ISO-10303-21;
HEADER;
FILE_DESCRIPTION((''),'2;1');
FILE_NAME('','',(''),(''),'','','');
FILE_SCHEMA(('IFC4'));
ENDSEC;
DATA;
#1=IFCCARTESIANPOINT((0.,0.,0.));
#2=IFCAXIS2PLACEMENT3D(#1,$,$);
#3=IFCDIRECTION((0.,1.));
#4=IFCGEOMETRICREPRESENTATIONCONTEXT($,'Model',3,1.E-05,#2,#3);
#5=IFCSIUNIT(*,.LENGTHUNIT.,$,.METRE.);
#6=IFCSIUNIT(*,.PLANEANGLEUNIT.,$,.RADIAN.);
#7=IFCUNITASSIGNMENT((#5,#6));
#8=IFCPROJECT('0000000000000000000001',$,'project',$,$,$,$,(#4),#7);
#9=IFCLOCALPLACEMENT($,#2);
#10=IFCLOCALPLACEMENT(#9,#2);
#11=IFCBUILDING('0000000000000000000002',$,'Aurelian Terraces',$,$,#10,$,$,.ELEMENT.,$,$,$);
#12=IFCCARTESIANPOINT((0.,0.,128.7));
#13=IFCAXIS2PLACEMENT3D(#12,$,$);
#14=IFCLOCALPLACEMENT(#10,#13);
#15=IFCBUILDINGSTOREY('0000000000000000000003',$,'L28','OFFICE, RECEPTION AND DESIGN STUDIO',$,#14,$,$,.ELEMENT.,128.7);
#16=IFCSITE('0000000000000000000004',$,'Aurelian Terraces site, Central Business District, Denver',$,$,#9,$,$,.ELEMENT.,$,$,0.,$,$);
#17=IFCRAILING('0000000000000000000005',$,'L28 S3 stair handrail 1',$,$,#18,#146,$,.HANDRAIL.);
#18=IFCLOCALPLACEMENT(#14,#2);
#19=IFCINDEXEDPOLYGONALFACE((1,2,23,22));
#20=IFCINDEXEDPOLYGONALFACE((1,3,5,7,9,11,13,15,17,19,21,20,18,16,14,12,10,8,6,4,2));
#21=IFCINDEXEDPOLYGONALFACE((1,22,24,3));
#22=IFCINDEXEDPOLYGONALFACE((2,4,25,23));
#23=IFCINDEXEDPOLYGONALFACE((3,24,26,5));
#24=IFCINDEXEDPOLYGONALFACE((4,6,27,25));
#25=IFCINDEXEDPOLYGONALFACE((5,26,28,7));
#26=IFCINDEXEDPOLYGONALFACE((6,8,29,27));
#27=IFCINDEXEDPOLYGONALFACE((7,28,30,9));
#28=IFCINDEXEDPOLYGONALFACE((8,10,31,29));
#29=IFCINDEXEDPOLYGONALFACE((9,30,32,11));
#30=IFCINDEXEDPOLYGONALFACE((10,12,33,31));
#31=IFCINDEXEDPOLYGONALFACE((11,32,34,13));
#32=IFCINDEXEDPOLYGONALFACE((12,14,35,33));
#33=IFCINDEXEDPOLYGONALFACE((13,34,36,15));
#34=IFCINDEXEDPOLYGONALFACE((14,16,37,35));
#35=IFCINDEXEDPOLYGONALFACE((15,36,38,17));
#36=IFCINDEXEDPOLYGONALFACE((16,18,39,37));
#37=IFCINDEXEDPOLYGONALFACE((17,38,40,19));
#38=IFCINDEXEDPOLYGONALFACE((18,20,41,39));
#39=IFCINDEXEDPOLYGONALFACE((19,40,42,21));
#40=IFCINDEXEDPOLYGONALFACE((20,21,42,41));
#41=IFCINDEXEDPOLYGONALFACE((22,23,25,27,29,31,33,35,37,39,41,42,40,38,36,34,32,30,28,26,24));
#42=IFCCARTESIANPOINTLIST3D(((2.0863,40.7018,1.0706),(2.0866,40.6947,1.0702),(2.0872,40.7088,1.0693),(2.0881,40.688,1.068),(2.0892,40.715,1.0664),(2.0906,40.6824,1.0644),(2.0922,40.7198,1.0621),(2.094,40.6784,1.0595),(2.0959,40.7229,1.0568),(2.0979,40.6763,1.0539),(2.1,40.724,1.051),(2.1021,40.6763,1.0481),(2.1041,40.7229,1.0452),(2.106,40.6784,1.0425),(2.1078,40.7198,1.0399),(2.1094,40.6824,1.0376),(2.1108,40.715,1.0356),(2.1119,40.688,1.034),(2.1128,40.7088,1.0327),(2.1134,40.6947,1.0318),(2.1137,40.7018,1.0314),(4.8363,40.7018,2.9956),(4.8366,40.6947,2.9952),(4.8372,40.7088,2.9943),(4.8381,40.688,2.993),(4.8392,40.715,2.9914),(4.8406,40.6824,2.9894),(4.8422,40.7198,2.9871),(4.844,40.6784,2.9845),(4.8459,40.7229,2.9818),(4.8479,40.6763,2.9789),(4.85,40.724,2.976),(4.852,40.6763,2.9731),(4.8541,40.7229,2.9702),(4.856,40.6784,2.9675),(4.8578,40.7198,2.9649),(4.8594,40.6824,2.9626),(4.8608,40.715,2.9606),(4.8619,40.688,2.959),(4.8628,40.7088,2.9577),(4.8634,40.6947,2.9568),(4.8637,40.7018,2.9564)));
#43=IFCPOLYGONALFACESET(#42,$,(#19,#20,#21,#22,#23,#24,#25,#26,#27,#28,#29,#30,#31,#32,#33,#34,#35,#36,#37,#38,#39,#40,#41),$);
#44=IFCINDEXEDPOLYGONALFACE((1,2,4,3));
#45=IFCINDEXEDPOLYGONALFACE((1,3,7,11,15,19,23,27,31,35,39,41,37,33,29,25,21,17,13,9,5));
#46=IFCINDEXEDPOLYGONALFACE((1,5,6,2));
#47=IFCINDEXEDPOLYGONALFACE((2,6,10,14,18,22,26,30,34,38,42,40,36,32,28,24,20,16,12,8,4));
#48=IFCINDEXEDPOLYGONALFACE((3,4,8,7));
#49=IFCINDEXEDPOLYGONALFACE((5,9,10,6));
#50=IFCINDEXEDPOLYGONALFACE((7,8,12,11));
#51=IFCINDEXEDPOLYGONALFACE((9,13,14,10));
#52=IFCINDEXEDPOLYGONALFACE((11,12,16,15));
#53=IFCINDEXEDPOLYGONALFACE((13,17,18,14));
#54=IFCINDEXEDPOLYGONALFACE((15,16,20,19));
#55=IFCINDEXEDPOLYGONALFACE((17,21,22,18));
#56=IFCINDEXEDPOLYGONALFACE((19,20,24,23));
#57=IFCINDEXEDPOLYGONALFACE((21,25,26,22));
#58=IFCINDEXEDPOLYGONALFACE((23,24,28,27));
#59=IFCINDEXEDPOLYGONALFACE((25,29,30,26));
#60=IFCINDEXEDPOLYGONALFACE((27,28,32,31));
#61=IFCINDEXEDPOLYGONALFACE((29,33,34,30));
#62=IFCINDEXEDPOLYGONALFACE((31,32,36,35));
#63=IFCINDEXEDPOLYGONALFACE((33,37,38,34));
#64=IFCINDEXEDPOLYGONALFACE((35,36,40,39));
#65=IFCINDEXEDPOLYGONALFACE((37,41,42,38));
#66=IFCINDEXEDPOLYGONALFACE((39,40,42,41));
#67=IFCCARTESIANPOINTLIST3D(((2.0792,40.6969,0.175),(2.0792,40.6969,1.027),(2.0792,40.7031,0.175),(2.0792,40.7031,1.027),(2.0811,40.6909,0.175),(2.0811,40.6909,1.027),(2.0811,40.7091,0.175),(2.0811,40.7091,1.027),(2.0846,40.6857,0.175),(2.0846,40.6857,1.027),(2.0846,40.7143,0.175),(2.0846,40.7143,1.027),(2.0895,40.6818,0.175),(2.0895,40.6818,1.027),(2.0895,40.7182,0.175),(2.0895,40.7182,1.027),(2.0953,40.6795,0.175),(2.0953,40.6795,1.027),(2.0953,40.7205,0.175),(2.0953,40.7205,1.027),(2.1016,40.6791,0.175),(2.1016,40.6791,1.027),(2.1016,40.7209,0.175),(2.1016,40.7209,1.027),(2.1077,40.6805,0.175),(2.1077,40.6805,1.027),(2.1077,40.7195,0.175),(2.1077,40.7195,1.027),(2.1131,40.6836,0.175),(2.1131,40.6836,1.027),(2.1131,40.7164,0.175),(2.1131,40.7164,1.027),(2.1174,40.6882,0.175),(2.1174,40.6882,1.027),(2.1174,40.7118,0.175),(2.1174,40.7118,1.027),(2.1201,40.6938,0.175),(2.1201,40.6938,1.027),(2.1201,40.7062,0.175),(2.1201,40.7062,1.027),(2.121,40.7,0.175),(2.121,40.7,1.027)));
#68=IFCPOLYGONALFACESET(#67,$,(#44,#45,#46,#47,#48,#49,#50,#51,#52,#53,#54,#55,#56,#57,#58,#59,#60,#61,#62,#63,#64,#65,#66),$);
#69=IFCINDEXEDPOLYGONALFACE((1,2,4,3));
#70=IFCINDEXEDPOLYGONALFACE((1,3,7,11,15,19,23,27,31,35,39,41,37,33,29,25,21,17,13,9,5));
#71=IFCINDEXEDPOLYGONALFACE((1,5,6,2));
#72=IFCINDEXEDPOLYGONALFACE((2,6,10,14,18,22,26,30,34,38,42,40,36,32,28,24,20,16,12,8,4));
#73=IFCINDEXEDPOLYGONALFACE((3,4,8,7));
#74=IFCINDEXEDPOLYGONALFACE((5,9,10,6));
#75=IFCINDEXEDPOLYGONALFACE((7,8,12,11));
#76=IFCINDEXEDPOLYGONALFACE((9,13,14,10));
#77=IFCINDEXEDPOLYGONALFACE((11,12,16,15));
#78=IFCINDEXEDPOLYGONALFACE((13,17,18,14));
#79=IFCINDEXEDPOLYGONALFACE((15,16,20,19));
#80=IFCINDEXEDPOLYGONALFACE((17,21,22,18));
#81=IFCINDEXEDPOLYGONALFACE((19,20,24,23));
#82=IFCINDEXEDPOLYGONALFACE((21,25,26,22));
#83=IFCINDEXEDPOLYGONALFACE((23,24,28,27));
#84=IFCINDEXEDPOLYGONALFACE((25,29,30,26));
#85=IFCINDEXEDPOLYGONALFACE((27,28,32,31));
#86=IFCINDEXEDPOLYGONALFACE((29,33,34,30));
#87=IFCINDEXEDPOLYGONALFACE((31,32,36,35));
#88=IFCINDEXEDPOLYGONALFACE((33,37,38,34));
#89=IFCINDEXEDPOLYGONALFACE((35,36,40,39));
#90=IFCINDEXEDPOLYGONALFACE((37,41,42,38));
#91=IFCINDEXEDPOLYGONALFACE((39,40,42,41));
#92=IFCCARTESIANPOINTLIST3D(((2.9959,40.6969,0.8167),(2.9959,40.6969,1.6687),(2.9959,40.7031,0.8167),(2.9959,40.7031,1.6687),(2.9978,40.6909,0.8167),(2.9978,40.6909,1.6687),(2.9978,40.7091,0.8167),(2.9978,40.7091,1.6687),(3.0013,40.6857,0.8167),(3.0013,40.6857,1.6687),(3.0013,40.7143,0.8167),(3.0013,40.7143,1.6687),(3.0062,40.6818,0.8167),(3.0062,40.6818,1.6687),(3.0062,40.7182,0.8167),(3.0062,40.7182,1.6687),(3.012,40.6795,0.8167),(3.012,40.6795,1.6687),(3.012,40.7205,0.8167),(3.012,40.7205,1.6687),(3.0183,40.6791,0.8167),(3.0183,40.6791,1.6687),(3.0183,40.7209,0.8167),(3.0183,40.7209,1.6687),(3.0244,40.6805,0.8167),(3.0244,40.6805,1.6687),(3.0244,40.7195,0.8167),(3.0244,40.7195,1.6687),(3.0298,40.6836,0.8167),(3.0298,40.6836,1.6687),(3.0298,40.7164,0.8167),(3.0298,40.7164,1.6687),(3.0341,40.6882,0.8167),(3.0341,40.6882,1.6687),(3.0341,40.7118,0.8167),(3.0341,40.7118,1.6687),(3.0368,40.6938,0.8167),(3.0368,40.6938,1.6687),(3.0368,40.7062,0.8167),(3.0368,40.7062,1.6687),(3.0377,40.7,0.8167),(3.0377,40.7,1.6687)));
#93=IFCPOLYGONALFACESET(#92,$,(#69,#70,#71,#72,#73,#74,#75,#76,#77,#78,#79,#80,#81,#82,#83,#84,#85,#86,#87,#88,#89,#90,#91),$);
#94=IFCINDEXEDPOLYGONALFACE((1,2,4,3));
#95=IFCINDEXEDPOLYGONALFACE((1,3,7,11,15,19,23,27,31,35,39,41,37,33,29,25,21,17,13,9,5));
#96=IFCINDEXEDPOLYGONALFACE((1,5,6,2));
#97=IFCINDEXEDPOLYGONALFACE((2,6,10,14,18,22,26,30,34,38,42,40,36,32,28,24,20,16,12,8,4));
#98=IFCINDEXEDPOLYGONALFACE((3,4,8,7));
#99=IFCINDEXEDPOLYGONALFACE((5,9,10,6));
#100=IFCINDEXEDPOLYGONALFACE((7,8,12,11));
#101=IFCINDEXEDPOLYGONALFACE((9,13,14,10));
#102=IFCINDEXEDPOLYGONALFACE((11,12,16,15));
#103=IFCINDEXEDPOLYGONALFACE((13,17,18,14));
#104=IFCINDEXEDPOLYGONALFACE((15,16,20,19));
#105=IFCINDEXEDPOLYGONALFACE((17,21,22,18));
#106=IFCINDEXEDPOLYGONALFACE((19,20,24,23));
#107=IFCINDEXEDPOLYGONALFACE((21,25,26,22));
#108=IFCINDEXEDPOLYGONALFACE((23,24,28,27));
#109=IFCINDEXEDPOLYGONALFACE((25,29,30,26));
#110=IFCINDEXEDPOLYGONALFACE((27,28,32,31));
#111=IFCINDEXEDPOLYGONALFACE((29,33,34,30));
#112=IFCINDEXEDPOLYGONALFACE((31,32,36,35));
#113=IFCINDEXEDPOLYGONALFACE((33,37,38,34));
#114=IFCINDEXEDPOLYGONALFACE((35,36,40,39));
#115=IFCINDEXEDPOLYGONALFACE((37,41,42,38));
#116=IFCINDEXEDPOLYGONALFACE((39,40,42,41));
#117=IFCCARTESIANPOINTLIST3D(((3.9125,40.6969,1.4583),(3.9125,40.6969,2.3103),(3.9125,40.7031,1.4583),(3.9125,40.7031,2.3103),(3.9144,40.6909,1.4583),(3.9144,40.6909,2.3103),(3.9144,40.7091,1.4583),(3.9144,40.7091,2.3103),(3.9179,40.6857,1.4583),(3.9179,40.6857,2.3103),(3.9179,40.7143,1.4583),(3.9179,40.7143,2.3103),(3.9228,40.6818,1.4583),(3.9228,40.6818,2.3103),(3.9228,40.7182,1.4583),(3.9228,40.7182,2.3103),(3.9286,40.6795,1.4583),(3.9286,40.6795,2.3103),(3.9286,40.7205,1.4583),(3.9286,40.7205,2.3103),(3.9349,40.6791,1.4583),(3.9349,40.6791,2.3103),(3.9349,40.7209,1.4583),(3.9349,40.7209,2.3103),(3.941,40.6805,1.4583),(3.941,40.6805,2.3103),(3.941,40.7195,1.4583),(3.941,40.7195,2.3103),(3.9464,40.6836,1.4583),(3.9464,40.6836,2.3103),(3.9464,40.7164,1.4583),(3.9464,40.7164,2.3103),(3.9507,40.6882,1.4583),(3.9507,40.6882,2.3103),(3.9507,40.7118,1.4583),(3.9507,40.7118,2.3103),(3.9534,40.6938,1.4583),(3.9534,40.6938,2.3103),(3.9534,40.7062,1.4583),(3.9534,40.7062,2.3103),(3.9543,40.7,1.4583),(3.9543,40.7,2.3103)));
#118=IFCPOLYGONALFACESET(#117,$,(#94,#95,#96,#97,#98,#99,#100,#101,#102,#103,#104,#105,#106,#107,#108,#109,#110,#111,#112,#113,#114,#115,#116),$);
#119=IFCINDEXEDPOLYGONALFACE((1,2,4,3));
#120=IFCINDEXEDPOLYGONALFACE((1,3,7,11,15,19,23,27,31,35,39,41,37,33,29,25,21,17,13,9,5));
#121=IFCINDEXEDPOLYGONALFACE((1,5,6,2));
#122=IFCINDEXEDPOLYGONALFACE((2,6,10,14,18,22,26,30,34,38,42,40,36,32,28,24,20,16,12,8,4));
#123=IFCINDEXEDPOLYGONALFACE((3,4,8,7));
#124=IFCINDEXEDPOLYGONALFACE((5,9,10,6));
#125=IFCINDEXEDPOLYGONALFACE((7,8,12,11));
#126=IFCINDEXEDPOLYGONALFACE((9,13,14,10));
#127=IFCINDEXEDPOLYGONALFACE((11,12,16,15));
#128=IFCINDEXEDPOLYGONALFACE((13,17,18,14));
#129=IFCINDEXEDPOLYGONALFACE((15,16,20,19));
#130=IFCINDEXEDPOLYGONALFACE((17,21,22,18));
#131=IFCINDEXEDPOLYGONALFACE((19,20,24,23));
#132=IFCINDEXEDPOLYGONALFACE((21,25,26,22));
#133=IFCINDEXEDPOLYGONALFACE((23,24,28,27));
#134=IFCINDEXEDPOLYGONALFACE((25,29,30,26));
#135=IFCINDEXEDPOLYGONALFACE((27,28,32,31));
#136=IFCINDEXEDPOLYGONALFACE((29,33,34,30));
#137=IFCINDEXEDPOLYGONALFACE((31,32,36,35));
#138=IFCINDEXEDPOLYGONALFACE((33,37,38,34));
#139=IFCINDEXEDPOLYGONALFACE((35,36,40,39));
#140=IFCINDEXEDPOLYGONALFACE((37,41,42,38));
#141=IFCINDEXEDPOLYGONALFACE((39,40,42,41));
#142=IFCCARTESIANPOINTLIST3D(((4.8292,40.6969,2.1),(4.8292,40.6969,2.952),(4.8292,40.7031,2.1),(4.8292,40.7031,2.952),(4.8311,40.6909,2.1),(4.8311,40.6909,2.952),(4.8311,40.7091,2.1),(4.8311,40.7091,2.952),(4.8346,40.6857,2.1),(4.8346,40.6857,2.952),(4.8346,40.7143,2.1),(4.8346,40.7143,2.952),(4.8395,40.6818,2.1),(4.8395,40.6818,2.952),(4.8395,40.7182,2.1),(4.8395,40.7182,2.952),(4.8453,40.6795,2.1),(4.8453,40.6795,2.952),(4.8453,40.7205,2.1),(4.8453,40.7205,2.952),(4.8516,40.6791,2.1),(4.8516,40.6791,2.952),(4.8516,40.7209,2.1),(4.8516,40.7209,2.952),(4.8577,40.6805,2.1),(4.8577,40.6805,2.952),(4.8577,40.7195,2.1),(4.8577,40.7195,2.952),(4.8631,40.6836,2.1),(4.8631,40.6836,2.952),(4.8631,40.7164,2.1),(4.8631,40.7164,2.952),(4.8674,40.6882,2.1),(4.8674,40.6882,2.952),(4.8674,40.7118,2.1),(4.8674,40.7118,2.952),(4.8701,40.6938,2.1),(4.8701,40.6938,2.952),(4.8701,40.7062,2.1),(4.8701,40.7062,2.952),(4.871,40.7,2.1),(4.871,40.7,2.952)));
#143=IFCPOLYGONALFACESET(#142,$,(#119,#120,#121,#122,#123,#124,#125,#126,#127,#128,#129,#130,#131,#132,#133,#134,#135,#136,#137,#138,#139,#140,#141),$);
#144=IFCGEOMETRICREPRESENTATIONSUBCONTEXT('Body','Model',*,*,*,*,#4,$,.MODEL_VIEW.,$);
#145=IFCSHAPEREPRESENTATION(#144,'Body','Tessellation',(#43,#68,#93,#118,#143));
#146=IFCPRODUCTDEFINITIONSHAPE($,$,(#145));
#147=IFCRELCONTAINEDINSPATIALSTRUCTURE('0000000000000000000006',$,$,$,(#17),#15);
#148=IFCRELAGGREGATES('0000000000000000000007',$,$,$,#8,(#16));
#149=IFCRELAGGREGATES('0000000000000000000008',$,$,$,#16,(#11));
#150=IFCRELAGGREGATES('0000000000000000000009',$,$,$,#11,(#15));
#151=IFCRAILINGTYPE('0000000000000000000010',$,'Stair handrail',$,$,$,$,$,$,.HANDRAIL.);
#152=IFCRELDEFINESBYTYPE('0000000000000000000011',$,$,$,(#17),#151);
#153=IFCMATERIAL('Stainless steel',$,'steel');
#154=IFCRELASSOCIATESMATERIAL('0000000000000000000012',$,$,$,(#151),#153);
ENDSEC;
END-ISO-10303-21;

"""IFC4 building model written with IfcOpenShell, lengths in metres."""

from ifc_helpers import new_model, si_unit, direction, frame, origin, origin_2d, place, context, subcontext, project, spatial, circle, extrude, source, transform, mapped, material, type_object, element, save


model = new_model("IFC4")

# Units and contexts
model_context = context("Model", 3, precision=1e-05, world=origin(), true_north=direction((0.0, 1.0)))
body_context = subcontext(model_context, "Body", "Model", "MODEL_VIEW")
ifc_project = project(units=[si_unit("LENGTHUNIT", "METRE"), si_unit("PLANEANGLEUNIT", "RADIAN")], contexts=[model_context])

# Site, building, storey
site_placement = place(None, origin())
site = spatial("IfcSite", under=ifc_project, at=site_placement, Name="Aurelian Terraces site, Central Business District, Denver", CompositionType="ELEMENT", RefElevation=0.0)
building_placement = place(site_placement, origin())
building = spatial("IfcBuilding", under=site, at=building_placement, Name="Aurelian Terraces", CompositionType="ELEMENT")
storey_placement = place(building_placement, frame((0.0, 0.0, 128.7)))
storey = spatial("IfcBuildingStorey", under=building, at=storey_placement, Name="L28", Description="OFFICE, RECEPTION AND DESIGN STUDIO", CompositionType="ELEMENT", Elevation=128.7)

# Railing
ifc_material_1 = material(Name="Stainless steel", Category="steel")
railing_type_1 = type_object("IfcRailingType", Name="Stair handrail", PredefinedType="HANDRAIL", material=ifc_material_1)
shared_shape_1 = source(origin(), body_context, "Body", "SweptSolid", [
    extrude(circle(Radius=0.024, at=origin_2d()), frame((0.0, 0.0, 0.876), z_axis=(0.819232, 0.0, 0.573462), x_axis=(0.0, 1.0, 0.0)), (0.0, 0.0, 1.0), 3.3568),
    extrude(circle(Radius=0.021, at=origin_2d()), origin(), (0.0, 0.0, 1.0), 0.852),
    extrude(circle(Radius=0.021, at=origin_2d()), frame((0.9167, 0.0, 0.6417)), (0.0, 0.0, 1.0), 0.852),
    extrude(circle(Radius=0.021, at=origin_2d()), frame((1.8333, 0.0, 1.2833)), (0.0, 0.0, 1.0), 0.852),
    extrude(circle(Radius=0.021, at=origin_2d()), frame((2.75, 0.0, 1.925)), (0.0, 0.0, 1.0), 0.852),
])
railing_1_placement = place(storey_placement, frame((2.1, 40.7, 0.175)))
element("IfcRailing", 1, at=railing_1_placement, inside=storey, type_object=railing_type_1, Name="L28 S3 stair handrail 1", PredefinedType="HANDRAIL", context=body_context, shape_type="MappedRepresentation", body=[
    mapped(shared_shape_1, transform((0.0, 0.0, 0.0), scale=1.0)),
])

save(model, "model.ifc")
